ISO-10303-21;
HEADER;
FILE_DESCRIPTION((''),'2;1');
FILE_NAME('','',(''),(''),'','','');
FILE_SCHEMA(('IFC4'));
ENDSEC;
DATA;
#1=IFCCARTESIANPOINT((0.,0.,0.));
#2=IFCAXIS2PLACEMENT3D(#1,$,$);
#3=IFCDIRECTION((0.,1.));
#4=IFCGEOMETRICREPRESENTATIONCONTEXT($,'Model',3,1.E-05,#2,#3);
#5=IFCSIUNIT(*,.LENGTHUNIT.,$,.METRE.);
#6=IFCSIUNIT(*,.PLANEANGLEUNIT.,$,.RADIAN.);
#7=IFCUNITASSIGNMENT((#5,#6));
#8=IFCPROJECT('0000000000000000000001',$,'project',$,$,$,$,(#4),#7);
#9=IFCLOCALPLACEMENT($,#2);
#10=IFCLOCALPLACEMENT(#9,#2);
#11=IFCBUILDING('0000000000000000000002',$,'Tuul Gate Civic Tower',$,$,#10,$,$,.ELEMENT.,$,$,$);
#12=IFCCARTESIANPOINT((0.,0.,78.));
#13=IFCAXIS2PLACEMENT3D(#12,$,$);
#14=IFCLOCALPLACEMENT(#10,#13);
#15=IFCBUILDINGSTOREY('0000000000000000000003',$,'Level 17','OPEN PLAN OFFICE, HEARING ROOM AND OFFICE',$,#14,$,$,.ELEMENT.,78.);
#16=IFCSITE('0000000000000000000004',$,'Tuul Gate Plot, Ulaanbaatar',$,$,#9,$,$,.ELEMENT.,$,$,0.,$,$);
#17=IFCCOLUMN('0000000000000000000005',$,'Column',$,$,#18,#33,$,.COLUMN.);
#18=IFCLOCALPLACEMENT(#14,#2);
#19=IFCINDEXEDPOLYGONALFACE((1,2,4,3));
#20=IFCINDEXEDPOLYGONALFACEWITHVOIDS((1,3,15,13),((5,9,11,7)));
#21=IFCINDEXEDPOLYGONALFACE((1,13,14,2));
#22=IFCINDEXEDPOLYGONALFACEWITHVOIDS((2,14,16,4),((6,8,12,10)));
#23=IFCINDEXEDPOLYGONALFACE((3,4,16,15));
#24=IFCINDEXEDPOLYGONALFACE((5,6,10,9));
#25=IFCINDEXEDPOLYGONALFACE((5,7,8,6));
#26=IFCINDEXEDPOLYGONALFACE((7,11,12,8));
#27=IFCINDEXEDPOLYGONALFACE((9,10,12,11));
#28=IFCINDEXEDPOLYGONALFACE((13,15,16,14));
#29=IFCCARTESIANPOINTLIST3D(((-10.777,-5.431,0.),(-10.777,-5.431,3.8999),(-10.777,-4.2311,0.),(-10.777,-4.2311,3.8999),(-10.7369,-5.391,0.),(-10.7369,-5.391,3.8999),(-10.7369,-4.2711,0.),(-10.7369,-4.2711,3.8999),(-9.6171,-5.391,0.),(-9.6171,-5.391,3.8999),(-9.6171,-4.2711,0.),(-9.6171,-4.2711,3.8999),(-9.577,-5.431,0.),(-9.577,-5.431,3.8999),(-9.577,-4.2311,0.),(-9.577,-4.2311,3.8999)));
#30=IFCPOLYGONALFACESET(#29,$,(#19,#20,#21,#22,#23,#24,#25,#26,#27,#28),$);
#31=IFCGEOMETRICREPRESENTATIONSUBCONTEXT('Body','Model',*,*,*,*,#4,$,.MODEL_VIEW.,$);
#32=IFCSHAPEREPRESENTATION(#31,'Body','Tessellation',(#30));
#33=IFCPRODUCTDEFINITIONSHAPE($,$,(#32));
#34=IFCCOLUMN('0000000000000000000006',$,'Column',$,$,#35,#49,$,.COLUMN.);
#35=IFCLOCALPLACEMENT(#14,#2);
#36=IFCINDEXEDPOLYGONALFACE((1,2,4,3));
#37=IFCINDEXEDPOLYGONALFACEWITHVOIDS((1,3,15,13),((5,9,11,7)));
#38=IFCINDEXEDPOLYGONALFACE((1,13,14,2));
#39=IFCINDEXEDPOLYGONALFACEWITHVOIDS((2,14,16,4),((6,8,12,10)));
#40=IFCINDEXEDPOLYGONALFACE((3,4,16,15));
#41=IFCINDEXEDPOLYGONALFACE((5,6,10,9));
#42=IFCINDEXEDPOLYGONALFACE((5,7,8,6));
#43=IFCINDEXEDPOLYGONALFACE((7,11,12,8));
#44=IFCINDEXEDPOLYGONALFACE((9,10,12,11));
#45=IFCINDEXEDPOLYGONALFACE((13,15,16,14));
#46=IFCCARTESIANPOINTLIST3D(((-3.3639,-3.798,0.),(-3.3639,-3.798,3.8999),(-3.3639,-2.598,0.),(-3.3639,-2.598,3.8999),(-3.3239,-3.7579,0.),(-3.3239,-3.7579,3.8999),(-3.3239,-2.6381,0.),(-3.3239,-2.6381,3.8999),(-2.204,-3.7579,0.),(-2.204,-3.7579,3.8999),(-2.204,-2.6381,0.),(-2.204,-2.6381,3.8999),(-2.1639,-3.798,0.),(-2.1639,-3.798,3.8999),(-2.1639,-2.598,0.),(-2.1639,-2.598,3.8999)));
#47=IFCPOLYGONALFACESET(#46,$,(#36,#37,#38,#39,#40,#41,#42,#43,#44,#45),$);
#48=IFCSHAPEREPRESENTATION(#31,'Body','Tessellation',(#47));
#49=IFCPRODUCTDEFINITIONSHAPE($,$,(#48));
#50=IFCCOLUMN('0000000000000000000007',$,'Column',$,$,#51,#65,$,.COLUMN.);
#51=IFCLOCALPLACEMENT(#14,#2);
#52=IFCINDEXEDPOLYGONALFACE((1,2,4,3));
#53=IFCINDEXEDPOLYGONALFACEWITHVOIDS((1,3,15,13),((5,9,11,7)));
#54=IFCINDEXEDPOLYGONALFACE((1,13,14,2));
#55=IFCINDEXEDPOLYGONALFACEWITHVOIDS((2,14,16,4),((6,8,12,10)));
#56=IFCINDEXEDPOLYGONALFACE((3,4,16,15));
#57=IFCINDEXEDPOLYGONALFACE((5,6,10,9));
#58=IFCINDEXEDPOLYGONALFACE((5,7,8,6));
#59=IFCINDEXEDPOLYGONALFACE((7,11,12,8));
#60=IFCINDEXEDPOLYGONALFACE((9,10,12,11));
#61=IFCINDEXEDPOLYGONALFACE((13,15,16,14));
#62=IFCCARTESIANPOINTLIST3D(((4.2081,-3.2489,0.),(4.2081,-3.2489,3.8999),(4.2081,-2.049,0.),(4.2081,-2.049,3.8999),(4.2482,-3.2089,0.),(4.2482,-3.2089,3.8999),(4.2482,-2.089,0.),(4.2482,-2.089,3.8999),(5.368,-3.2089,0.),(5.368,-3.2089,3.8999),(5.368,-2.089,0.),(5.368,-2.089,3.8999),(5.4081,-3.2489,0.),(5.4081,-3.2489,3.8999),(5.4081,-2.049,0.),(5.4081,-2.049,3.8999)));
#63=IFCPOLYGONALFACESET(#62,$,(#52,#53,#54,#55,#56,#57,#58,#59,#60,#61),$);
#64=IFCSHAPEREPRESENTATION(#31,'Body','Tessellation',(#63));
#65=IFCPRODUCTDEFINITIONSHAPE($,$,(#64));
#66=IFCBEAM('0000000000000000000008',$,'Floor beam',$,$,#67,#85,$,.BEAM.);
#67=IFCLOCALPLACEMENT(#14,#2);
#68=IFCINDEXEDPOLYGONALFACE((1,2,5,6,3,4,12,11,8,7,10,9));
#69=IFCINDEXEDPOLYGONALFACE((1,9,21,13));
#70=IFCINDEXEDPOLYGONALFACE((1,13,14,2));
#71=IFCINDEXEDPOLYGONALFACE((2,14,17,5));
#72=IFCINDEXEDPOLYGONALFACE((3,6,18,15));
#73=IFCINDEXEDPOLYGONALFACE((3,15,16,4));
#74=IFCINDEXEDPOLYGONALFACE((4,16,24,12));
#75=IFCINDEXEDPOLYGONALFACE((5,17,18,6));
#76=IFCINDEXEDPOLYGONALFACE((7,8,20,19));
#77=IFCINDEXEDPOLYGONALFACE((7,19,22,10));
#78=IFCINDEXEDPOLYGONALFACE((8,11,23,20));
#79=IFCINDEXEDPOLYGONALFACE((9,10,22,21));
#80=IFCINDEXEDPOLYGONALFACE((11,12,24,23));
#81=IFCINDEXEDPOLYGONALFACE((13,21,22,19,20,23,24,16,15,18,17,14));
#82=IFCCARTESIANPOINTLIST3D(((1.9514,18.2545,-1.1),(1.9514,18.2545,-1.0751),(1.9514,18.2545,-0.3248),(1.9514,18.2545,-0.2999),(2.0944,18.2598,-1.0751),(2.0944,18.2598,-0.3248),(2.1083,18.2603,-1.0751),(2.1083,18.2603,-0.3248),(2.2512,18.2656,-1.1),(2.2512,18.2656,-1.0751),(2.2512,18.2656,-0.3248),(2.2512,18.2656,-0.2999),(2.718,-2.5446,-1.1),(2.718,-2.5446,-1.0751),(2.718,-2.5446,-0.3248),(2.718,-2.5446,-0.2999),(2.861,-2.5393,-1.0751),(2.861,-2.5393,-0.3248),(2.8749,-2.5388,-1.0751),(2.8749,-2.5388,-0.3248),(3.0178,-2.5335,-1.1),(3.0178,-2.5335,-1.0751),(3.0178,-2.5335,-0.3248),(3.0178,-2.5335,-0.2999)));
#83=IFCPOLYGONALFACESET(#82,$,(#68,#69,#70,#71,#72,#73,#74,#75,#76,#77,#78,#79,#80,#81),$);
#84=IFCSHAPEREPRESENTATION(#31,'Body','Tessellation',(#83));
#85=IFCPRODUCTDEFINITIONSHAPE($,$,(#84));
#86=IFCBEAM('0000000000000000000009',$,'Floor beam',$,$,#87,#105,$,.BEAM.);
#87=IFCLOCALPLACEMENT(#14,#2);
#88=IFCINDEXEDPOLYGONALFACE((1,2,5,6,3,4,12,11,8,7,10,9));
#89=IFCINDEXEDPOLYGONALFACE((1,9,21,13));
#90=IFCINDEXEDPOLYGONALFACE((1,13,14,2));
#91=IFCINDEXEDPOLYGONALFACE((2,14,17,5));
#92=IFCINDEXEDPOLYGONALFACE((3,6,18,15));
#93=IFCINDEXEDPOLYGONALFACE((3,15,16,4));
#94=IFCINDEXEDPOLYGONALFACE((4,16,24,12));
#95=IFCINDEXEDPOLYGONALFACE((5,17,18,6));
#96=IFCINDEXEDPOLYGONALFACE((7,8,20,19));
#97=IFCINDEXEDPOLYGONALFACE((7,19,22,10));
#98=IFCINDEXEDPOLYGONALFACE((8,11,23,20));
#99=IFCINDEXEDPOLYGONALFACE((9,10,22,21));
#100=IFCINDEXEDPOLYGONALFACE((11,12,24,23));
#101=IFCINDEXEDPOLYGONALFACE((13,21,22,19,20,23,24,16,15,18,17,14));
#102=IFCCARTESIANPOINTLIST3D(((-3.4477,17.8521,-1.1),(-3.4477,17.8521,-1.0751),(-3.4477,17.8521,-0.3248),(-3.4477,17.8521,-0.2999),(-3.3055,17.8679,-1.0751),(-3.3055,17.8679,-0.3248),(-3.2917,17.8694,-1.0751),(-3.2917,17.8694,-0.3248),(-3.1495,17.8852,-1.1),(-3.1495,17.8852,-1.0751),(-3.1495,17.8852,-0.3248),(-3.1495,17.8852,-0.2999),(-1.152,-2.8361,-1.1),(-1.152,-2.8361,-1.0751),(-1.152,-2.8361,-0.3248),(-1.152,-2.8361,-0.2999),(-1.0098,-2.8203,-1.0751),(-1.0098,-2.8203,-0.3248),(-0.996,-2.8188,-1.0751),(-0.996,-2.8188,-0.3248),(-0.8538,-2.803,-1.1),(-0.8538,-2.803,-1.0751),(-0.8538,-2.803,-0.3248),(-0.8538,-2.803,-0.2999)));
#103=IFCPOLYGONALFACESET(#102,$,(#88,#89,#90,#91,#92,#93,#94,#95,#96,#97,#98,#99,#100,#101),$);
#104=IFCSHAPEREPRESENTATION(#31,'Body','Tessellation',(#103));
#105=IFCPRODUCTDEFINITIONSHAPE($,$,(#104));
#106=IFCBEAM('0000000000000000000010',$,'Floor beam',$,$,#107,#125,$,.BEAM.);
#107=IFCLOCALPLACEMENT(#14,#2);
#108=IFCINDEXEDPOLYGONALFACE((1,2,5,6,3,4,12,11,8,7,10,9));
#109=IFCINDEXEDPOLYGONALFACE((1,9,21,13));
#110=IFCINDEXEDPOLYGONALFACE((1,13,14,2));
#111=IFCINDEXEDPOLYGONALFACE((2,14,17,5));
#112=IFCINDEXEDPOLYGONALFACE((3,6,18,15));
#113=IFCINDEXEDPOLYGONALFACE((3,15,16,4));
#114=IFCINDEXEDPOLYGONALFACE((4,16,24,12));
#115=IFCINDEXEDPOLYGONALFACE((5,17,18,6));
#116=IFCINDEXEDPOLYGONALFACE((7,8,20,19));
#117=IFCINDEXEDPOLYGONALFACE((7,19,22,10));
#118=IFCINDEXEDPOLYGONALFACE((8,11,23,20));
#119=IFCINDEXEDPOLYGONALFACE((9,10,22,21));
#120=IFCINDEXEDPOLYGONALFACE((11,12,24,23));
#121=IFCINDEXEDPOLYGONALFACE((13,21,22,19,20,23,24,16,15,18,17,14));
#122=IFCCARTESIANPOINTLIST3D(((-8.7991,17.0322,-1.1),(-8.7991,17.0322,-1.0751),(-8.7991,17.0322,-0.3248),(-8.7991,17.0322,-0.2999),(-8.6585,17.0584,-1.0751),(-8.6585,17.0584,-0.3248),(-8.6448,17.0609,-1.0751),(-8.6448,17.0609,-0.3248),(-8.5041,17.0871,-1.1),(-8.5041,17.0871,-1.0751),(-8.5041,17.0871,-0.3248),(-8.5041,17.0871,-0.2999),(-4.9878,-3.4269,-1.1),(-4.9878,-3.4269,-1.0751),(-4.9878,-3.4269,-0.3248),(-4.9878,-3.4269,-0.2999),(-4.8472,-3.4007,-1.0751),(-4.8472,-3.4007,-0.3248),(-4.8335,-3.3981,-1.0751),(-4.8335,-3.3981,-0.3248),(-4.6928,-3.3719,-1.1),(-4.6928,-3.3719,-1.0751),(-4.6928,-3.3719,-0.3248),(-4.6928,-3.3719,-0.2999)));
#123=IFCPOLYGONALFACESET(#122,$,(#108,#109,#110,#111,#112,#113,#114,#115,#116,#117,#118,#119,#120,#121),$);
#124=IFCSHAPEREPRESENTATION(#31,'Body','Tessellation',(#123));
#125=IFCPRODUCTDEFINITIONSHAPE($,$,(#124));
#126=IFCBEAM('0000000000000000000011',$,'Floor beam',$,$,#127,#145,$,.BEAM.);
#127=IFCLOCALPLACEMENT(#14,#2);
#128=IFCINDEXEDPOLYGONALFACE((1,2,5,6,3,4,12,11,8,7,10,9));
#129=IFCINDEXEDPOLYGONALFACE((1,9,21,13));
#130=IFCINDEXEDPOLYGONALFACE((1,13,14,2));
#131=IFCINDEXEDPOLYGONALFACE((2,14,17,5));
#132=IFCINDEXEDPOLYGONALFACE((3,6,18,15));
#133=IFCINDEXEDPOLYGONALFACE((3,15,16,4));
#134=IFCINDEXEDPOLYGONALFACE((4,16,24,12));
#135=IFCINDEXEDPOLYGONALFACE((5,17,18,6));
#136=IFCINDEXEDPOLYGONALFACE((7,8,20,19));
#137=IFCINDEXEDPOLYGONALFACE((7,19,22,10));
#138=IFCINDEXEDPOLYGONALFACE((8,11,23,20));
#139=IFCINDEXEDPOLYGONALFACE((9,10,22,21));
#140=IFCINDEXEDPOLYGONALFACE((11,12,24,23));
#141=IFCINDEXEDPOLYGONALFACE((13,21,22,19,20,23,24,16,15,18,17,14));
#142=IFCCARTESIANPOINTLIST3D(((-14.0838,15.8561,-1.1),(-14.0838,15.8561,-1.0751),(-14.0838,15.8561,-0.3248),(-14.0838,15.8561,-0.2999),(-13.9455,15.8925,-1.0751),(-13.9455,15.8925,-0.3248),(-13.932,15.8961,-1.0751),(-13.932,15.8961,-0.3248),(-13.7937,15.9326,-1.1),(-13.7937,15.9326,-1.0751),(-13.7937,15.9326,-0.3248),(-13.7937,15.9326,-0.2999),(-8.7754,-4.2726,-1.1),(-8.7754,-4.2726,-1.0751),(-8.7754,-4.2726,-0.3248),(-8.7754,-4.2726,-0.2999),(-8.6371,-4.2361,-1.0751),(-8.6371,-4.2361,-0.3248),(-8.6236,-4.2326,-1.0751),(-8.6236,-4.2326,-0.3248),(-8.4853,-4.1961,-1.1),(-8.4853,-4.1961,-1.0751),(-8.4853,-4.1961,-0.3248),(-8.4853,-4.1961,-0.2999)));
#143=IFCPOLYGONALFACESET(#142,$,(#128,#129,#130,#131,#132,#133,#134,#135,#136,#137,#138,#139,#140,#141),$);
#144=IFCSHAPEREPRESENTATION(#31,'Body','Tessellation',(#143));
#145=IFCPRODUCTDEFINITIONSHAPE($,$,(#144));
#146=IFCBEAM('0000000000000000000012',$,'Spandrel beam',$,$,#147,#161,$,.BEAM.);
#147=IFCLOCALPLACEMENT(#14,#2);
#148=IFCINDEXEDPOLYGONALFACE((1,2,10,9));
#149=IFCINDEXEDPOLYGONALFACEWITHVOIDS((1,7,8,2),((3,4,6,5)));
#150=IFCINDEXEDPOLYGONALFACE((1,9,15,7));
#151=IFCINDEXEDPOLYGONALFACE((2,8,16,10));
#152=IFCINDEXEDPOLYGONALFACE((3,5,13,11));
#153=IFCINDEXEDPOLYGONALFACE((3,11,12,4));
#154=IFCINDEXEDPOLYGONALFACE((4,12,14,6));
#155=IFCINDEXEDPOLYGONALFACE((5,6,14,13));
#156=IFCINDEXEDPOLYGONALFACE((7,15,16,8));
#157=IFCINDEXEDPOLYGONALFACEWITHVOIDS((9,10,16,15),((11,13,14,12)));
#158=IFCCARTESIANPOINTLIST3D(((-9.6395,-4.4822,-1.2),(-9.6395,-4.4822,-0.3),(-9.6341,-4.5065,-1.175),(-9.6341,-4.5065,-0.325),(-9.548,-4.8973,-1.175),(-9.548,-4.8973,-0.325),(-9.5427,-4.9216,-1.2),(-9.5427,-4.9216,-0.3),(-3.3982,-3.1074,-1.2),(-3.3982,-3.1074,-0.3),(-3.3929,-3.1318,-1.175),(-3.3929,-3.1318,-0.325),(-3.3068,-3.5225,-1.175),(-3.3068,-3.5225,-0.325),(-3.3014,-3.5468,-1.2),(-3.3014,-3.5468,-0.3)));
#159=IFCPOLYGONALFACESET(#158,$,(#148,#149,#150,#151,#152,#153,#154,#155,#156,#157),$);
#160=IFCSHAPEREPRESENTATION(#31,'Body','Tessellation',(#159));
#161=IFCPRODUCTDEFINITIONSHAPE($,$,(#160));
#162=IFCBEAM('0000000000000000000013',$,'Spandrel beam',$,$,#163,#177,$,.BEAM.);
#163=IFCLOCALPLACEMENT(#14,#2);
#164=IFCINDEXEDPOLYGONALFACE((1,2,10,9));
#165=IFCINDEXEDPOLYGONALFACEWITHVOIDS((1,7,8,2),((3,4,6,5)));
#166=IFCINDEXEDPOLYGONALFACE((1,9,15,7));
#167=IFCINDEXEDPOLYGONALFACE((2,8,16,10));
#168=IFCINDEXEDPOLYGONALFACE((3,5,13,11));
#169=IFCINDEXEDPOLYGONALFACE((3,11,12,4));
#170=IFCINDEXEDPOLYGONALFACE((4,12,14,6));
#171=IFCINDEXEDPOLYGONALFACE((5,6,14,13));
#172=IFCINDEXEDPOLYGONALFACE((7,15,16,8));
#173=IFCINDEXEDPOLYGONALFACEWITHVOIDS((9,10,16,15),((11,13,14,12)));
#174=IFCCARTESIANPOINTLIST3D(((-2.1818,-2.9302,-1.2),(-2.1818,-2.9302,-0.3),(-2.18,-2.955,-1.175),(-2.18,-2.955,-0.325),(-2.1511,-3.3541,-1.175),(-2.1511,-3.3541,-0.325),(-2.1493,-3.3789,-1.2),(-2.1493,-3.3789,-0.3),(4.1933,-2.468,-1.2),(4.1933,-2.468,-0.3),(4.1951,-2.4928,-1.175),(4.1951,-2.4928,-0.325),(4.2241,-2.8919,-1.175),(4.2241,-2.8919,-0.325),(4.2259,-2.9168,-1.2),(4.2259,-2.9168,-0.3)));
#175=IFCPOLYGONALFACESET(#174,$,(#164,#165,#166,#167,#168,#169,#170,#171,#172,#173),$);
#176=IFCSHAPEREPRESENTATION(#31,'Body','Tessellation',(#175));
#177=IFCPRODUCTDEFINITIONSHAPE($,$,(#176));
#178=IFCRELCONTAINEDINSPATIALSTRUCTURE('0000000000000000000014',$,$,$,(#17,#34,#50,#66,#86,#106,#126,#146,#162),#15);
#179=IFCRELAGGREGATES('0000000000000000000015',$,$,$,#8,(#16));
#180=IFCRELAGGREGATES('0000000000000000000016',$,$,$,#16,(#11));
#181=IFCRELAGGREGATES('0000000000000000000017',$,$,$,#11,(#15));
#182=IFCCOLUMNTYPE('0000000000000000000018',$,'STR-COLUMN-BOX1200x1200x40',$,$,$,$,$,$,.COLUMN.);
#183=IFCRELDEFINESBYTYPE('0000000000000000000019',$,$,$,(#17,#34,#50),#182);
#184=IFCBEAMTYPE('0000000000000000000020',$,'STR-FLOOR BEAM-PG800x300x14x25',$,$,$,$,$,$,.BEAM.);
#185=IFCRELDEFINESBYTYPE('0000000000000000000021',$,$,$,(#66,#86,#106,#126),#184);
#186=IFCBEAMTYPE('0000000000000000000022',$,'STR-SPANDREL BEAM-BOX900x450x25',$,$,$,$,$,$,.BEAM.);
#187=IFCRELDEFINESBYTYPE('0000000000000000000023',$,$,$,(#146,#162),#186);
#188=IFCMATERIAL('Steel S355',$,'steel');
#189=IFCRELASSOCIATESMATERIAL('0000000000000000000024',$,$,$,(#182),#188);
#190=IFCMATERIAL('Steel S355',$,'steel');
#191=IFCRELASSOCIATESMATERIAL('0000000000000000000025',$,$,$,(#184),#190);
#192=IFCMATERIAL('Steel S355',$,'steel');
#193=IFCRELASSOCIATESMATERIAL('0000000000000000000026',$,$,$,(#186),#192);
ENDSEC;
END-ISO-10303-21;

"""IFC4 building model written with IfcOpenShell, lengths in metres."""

from ifc_helpers import new_model, si_unit, direction, frame, origin, origin_2d, place, context, subcontext, project, spatial, hollow_rectangle, i_section, extrude, material, material_profile, profile_set, type_object, element, save


model = new_model("IFC4")

# Units and contexts
model_context = context("Model", 3, precision=1e-05, world=origin(), true_north=direction((0.0, 1.0)))
body_context = subcontext(model_context, "Body", "Model", "MODEL_VIEW")
ifc_project = project(units=[si_unit("LENGTHUNIT", "METRE"), si_unit("PLANEANGLEUNIT", "RADIAN")], contexts=[model_context])

# Site, building, storey
site_placement = place(None, origin())
site = spatial("IfcSite", under=ifc_project, at=site_placement, Name="Tuul Gate Plot, Ulaanbaatar", CompositionType="ELEMENT", RefElevation=0.0)
building_placement = place(site_placement, origin())
building = spatial("IfcBuilding", under=site, at=building_placement, Name="Tuul Gate Civic Tower", CompositionType="ELEMENT")
storey_placement = place(building_placement, frame((0.0, 0.0, 78.0)))
storey = spatial("IfcBuildingStorey", under=building, at=storey_placement, Name="Level 17", Description="OPEN PLAN OFFICE, HEARING ROOM AND OFFICE", CompositionType="ELEMENT", Elevation=78.0)

# Columns
ifc_material_1 = material(Name="Steel S355", Category="steel")
ifc_material_profile_1 = material_profile(ifc_material_1, hollow_rectangle(XDim=1.2, YDim=1.2, WallThickness=0.04, at=origin_2d()), Name="BOX1200x1200x40")
ifc_profile_set_1 = profile_set([ifc_material_profile_1], Name="Steel S355")
column_type = type_object("IfcColumnType", Name="STR-COLUMN-BOX1200x1200x40", PredefinedType="COLUMN", material=ifc_profile_set_1)
for number, where, z_axis, x_axis, name in (
    (1, (-10.177, -4.8311, 0.0), (0.0, 0.0, 1.0), (1.0, 0.0, 0.0), "Column"),
    (2, (-2.7639, -3.198, 0.0), (0.0, 0.0, 1.0), (1.0, 0.0, 0.0), "Column"),
    (3, (4.8081, -2.6489, 0.0), (0.0, 0.0, 1.0), (1.0, 0.0, 0.0), "Column"),
):
    element("IfcColumn", number, at=place(storey_placement, frame(where, z_axis=z_axis, x_axis=x_axis)), inside=storey, type_object=column_type, Name=name, PredefinedType="COLUMN", context=body_context, shape_type="SweptSolid", body=[
        extrude(hollow_rectangle(XDim=1.2, YDim=1.2, WallThickness=0.04, at=origin_2d()), origin(), (0.0, 0.0, 1.0), 3.8999),
    ])

# Beams
ifc_material_2 = material(Name="Steel S355", Category="steel")
ifc_material_profile_2 = material_profile(ifc_material_2, i_section(OverallWidth=0.3, OverallDepth=0.8, WebThickness=0.0139, FlangeThickness=0.0249, at=origin_2d()), Name="PG800x300x14x25")
ifc_profile_set_2 = profile_set([ifc_material_profile_2], Name="Steel S355")
beam_type_1 = type_object("IfcBeamType", Name="STR-FLOOR BEAM-PG800x300x14x25", PredefinedType="BEAM", material=ifc_profile_set_2)
beam_1_placement = place(storey_placement, frame((2.8679, -2.5391, -0.7), z_axis=(-0.036832, 0.999321, 0.0), x_axis=(-0.999321, -0.036832, 0.0)))
element("IfcBeam", 4, at=beam_1_placement, inside=storey, type_object=beam_type_1, Name="Floor beam", PredefinedType="BEAM", context=body_context, shape_type="SweptSolid", body=[
    extrude(i_section(OverallWidth=0.3, OverallDepth=0.8, WebThickness=0.0139, FlangeThickness=0.0249, at=origin_2d()), origin(), (0.0, 0.0, 1.0), 20.8132),
])
beam_2_placement = place(storey_placement, frame((-1.0029, -2.8196, -0.7), z_axis=(-0.110287, 0.9939, 0.0), x_axis=(-0.9939, -0.110287, 0.0)))
element("IfcBeam", 5, at=beam_2_placement, inside=storey, type_object=beam_type_1, Name="Floor beam", PredefinedType="BEAM", context=body_context, shape_type="SweptSolid", body=[
    extrude(i_section(OverallWidth=0.3, OverallDepth=0.8, WebThickness=0.0139, FlangeThickness=0.0249, at=origin_2d()), origin(), (0.0, 0.0, 1.0), 20.8152),
])
beam_3_placement = place(storey_placement, frame((-4.8403, -3.3994, -0.7), z_axis=(-0.183138, 0.983087, 0.0), x_axis=(-0.983087, -0.183138, 0.0)))
element("IfcBeam", 6, at=beam_3_placement, inside=storey, type_object=beam_type_1, Name="Floor beam", PredefinedType="BEAM", context=body_context, shape_type="SweptSolid", body=[
    extrude(i_section(OverallWidth=0.3, OverallDepth=0.8, WebThickness=0.0139, FlangeThickness=0.0249, at=origin_2d()), origin(), (0.0, 0.0, 1.0), 20.811),
])
beam_4_placement = place(storey_placement, frame((-8.6304, -4.2344, -0.7), z_axis=(-0.255002, 0.96694, 0.0), x_axis=(-0.96694, -0.255002, 0.0)))
element("IfcBeam", 7, at=beam_4_placement, inside=storey, type_object=beam_type_1, Name="Floor beam", PredefinedType="BEAM", context=body_context, shape_type="SweptSolid", body=[
    extrude(i_section(OverallWidth=0.3, OverallDepth=0.8, WebThickness=0.0139, FlangeThickness=0.0249, at=origin_2d()), origin(), (0.0, 0.0, 1.0), 20.8169),
])
ifc_material_3 = material(Name="Steel S355", Category="steel")
ifc_material_profile_3 = material_profile(ifc_material_3, hollow_rectangle(XDim=0.45, YDim=0.8999, WallThickness=0.0249, at=origin_2d()), Name="BOX900x450x25")
ifc_profile_set_3 = profile_set([ifc_material_profile_3], Name="Steel S355")
beam_type_2 = type_object("IfcBeamType", Name="STR-SPANDREL BEAM-BOX900x450x25", PredefinedType="BEAM", material=ifc_profile_set_3)
beam_5_placement = place(storey_placement, frame((-9.5911, -4.7019, -0.75), z_axis=(0.976589, 0.215114, 0.0), x_axis=(-0.215114, 0.976589, 0.0)))
element("IfcBeam", 8, at=beam_5_placement, inside=storey, type_object=beam_type_2, Name="Spandrel beam", PredefinedType="BEAM", context=body_context, shape_type="SweptSolid", body=[
    extrude(hollow_rectangle(XDim=0.45, YDim=0.8999, WallThickness=0.0249, at=origin_2d()), origin(), (0.0, 0.0, 1.0), 6.3909),
])
beam_6_placement = place(storey_placement, frame((-2.1655, -3.1545, -0.75), z_axis=(0.997383, 0.072306, 0.0), x_axis=(-0.072306, 0.997383, 0.0)))
element("IfcBeam", 9, at=beam_6_placement, inside=storey, type_object=beam_type_2, Name="Spandrel beam", PredefinedType="BEAM", context=body_context, shape_type="SweptSolid", body=[
    extrude(hollow_rectangle(XDim=0.45, YDim=0.8999, WallThickness=0.0249, at=origin_2d()), origin(), (0.0, 0.0, 1.0), 6.3918),
])

save(model, "model.ifc")
